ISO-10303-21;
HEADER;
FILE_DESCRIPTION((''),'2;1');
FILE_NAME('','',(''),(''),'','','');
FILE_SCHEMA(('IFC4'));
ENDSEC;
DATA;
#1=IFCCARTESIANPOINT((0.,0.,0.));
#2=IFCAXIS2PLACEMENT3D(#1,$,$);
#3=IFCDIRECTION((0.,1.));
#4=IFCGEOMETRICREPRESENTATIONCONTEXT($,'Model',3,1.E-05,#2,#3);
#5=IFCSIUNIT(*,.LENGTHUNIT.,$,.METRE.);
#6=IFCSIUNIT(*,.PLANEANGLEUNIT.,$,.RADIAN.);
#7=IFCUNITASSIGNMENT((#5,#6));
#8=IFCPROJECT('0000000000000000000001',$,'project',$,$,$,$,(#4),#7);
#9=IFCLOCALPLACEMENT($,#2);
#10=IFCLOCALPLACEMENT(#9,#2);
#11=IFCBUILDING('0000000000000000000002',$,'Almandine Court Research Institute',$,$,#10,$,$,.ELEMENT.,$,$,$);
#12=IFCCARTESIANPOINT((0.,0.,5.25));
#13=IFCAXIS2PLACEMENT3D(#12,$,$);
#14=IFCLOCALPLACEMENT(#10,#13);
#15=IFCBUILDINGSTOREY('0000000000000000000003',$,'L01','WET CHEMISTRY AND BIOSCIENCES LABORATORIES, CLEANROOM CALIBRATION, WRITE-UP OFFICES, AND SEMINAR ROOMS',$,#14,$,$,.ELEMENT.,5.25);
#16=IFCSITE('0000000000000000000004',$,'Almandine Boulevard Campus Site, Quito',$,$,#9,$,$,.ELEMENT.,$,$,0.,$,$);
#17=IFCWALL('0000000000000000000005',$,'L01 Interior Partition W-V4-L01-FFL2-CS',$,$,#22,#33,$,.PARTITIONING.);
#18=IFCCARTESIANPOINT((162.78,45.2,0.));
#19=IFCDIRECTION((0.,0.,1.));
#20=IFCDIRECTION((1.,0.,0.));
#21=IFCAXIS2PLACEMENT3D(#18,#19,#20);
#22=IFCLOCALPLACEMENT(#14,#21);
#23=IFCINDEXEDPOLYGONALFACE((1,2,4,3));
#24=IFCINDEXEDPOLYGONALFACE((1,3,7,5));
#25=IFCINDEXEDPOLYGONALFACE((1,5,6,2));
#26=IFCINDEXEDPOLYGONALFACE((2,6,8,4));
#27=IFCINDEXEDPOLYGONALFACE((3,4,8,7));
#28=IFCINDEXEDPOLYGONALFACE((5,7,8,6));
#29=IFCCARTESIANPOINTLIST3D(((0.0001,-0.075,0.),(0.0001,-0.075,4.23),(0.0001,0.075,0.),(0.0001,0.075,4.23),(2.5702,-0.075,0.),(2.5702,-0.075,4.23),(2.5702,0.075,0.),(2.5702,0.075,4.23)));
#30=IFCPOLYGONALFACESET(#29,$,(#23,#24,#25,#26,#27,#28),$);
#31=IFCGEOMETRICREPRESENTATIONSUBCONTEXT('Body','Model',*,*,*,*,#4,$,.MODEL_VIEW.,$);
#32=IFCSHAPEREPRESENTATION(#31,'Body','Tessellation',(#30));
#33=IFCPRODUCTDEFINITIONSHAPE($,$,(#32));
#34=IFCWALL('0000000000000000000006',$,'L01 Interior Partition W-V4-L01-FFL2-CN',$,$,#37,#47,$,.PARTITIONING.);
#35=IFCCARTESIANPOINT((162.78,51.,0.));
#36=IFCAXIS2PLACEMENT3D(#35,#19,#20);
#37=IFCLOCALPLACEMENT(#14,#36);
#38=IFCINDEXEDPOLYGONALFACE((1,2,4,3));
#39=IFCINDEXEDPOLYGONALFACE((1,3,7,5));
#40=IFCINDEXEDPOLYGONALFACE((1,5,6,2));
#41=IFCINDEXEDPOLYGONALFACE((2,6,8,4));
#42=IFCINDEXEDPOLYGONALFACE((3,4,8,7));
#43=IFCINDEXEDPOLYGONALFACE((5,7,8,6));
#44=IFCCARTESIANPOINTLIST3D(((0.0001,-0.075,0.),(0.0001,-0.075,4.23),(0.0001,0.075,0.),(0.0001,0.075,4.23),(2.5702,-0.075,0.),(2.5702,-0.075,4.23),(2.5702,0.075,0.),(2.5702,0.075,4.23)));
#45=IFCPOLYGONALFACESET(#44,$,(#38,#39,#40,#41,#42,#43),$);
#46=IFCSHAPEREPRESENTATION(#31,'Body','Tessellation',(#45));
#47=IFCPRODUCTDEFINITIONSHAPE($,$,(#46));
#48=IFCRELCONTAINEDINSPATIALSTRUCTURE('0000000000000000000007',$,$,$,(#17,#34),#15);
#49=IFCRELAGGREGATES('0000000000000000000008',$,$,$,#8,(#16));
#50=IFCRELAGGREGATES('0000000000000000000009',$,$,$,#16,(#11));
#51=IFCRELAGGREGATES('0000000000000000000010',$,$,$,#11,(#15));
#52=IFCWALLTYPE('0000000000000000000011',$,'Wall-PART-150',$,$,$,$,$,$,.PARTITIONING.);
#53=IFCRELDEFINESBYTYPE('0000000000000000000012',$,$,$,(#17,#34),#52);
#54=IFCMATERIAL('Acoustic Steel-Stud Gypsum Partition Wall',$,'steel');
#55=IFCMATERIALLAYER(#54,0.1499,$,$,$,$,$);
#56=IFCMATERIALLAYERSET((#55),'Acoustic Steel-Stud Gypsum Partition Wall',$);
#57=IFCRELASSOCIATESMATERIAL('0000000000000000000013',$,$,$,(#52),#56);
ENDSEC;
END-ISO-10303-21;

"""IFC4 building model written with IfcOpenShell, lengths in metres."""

from ifc_helpers import new_model, si_unit, direction, frame, frame_2d, origin, place, context, subcontext, project, spatial, rectangle, extrude, material, layer, layer_set, type_object, element, save


model = new_model("IFC4")

# Units and contexts
model_context = context("Model", 3, precision=1e-05, world=origin(), true_north=direction((0.0, 1.0)))
body_context = subcontext(model_context, "Body", "Model", "MODEL_VIEW")
ifc_project = project(units=[si_unit("LENGTHUNIT", "METRE"), si_unit("PLANEANGLEUNIT", "RADIAN")], contexts=[model_context])

# Site, building, storey
site_placement = place(None, origin())
site = spatial("IfcSite", under=ifc_project, at=site_placement, Name="Almandine Boulevard Campus Site, Quito", CompositionType="ELEMENT", RefElevation=0.0)
building_placement = place(site_placement, origin())
building = spatial("IfcBuilding", under=site, at=building_placement, Name="Almandine Court Research Institute", CompositionType="ELEMENT")
storey_placement = place(building_placement, frame((0.0, 0.0, 5.25)))
storey = spatial("IfcBuildingStorey", under=building, at=storey_placement, Name="L01", Description="WET CHEMISTRY AND BIOSCIENCES LABORATORIES, CLEANROOM CALIBRATION, WRITE-UP OFFICES, AND SEMINAR ROOMS", CompositionType="ELEMENT", Elevation=5.25)

# Shared definitions
ifc_material_1 = material(Name="Acoustic Steel-Stud Gypsum Partition Wall", Category="steel")
ifc_layer_1 = layer(ifc_material_1, 0.1499)
ifc_layer_set_1 = layer_set([ifc_layer_1], Name="Acoustic Steel-Stud Gypsum Partition Wall")
wall_type_1 = type_object("IfcWallType", Name="Wall-PART-150", PredefinedType="PARTITIONING", material=ifc_layer_set_1)

# Walls
for number, where, z_axis, x_axis, name in (
    (1, (162.78, 45.2, 0.0), (0.0, 0.0, 1.0), (1.0, 0.0, 0.0), "L01 Interior Partition W-V4-L01-FFL2-CS"),
    (2, (162.78, 51.0, 0.0), (0.0, 0.0, 1.0), (1.0, 0.0, 0.0), "L01 Interior Partition W-V4-L01-FFL2-CN"),
):
    element("IfcWall", number, at=place(storey_placement, frame(where, z_axis=z_axis, x_axis=x_axis)), inside=storey, type_object=wall_type_1, Name=name, PredefinedType="PARTITIONING", context=body_context, shape_type="SweptSolid", body=[
        extrude(rectangle(XDim=2.5701, YDim=0.1499, at=frame_2d((1.2852, 0.0))), origin(), (0.0, 0.0, 1.0), 4.23),
    ])

save(model, "model.ifc")
